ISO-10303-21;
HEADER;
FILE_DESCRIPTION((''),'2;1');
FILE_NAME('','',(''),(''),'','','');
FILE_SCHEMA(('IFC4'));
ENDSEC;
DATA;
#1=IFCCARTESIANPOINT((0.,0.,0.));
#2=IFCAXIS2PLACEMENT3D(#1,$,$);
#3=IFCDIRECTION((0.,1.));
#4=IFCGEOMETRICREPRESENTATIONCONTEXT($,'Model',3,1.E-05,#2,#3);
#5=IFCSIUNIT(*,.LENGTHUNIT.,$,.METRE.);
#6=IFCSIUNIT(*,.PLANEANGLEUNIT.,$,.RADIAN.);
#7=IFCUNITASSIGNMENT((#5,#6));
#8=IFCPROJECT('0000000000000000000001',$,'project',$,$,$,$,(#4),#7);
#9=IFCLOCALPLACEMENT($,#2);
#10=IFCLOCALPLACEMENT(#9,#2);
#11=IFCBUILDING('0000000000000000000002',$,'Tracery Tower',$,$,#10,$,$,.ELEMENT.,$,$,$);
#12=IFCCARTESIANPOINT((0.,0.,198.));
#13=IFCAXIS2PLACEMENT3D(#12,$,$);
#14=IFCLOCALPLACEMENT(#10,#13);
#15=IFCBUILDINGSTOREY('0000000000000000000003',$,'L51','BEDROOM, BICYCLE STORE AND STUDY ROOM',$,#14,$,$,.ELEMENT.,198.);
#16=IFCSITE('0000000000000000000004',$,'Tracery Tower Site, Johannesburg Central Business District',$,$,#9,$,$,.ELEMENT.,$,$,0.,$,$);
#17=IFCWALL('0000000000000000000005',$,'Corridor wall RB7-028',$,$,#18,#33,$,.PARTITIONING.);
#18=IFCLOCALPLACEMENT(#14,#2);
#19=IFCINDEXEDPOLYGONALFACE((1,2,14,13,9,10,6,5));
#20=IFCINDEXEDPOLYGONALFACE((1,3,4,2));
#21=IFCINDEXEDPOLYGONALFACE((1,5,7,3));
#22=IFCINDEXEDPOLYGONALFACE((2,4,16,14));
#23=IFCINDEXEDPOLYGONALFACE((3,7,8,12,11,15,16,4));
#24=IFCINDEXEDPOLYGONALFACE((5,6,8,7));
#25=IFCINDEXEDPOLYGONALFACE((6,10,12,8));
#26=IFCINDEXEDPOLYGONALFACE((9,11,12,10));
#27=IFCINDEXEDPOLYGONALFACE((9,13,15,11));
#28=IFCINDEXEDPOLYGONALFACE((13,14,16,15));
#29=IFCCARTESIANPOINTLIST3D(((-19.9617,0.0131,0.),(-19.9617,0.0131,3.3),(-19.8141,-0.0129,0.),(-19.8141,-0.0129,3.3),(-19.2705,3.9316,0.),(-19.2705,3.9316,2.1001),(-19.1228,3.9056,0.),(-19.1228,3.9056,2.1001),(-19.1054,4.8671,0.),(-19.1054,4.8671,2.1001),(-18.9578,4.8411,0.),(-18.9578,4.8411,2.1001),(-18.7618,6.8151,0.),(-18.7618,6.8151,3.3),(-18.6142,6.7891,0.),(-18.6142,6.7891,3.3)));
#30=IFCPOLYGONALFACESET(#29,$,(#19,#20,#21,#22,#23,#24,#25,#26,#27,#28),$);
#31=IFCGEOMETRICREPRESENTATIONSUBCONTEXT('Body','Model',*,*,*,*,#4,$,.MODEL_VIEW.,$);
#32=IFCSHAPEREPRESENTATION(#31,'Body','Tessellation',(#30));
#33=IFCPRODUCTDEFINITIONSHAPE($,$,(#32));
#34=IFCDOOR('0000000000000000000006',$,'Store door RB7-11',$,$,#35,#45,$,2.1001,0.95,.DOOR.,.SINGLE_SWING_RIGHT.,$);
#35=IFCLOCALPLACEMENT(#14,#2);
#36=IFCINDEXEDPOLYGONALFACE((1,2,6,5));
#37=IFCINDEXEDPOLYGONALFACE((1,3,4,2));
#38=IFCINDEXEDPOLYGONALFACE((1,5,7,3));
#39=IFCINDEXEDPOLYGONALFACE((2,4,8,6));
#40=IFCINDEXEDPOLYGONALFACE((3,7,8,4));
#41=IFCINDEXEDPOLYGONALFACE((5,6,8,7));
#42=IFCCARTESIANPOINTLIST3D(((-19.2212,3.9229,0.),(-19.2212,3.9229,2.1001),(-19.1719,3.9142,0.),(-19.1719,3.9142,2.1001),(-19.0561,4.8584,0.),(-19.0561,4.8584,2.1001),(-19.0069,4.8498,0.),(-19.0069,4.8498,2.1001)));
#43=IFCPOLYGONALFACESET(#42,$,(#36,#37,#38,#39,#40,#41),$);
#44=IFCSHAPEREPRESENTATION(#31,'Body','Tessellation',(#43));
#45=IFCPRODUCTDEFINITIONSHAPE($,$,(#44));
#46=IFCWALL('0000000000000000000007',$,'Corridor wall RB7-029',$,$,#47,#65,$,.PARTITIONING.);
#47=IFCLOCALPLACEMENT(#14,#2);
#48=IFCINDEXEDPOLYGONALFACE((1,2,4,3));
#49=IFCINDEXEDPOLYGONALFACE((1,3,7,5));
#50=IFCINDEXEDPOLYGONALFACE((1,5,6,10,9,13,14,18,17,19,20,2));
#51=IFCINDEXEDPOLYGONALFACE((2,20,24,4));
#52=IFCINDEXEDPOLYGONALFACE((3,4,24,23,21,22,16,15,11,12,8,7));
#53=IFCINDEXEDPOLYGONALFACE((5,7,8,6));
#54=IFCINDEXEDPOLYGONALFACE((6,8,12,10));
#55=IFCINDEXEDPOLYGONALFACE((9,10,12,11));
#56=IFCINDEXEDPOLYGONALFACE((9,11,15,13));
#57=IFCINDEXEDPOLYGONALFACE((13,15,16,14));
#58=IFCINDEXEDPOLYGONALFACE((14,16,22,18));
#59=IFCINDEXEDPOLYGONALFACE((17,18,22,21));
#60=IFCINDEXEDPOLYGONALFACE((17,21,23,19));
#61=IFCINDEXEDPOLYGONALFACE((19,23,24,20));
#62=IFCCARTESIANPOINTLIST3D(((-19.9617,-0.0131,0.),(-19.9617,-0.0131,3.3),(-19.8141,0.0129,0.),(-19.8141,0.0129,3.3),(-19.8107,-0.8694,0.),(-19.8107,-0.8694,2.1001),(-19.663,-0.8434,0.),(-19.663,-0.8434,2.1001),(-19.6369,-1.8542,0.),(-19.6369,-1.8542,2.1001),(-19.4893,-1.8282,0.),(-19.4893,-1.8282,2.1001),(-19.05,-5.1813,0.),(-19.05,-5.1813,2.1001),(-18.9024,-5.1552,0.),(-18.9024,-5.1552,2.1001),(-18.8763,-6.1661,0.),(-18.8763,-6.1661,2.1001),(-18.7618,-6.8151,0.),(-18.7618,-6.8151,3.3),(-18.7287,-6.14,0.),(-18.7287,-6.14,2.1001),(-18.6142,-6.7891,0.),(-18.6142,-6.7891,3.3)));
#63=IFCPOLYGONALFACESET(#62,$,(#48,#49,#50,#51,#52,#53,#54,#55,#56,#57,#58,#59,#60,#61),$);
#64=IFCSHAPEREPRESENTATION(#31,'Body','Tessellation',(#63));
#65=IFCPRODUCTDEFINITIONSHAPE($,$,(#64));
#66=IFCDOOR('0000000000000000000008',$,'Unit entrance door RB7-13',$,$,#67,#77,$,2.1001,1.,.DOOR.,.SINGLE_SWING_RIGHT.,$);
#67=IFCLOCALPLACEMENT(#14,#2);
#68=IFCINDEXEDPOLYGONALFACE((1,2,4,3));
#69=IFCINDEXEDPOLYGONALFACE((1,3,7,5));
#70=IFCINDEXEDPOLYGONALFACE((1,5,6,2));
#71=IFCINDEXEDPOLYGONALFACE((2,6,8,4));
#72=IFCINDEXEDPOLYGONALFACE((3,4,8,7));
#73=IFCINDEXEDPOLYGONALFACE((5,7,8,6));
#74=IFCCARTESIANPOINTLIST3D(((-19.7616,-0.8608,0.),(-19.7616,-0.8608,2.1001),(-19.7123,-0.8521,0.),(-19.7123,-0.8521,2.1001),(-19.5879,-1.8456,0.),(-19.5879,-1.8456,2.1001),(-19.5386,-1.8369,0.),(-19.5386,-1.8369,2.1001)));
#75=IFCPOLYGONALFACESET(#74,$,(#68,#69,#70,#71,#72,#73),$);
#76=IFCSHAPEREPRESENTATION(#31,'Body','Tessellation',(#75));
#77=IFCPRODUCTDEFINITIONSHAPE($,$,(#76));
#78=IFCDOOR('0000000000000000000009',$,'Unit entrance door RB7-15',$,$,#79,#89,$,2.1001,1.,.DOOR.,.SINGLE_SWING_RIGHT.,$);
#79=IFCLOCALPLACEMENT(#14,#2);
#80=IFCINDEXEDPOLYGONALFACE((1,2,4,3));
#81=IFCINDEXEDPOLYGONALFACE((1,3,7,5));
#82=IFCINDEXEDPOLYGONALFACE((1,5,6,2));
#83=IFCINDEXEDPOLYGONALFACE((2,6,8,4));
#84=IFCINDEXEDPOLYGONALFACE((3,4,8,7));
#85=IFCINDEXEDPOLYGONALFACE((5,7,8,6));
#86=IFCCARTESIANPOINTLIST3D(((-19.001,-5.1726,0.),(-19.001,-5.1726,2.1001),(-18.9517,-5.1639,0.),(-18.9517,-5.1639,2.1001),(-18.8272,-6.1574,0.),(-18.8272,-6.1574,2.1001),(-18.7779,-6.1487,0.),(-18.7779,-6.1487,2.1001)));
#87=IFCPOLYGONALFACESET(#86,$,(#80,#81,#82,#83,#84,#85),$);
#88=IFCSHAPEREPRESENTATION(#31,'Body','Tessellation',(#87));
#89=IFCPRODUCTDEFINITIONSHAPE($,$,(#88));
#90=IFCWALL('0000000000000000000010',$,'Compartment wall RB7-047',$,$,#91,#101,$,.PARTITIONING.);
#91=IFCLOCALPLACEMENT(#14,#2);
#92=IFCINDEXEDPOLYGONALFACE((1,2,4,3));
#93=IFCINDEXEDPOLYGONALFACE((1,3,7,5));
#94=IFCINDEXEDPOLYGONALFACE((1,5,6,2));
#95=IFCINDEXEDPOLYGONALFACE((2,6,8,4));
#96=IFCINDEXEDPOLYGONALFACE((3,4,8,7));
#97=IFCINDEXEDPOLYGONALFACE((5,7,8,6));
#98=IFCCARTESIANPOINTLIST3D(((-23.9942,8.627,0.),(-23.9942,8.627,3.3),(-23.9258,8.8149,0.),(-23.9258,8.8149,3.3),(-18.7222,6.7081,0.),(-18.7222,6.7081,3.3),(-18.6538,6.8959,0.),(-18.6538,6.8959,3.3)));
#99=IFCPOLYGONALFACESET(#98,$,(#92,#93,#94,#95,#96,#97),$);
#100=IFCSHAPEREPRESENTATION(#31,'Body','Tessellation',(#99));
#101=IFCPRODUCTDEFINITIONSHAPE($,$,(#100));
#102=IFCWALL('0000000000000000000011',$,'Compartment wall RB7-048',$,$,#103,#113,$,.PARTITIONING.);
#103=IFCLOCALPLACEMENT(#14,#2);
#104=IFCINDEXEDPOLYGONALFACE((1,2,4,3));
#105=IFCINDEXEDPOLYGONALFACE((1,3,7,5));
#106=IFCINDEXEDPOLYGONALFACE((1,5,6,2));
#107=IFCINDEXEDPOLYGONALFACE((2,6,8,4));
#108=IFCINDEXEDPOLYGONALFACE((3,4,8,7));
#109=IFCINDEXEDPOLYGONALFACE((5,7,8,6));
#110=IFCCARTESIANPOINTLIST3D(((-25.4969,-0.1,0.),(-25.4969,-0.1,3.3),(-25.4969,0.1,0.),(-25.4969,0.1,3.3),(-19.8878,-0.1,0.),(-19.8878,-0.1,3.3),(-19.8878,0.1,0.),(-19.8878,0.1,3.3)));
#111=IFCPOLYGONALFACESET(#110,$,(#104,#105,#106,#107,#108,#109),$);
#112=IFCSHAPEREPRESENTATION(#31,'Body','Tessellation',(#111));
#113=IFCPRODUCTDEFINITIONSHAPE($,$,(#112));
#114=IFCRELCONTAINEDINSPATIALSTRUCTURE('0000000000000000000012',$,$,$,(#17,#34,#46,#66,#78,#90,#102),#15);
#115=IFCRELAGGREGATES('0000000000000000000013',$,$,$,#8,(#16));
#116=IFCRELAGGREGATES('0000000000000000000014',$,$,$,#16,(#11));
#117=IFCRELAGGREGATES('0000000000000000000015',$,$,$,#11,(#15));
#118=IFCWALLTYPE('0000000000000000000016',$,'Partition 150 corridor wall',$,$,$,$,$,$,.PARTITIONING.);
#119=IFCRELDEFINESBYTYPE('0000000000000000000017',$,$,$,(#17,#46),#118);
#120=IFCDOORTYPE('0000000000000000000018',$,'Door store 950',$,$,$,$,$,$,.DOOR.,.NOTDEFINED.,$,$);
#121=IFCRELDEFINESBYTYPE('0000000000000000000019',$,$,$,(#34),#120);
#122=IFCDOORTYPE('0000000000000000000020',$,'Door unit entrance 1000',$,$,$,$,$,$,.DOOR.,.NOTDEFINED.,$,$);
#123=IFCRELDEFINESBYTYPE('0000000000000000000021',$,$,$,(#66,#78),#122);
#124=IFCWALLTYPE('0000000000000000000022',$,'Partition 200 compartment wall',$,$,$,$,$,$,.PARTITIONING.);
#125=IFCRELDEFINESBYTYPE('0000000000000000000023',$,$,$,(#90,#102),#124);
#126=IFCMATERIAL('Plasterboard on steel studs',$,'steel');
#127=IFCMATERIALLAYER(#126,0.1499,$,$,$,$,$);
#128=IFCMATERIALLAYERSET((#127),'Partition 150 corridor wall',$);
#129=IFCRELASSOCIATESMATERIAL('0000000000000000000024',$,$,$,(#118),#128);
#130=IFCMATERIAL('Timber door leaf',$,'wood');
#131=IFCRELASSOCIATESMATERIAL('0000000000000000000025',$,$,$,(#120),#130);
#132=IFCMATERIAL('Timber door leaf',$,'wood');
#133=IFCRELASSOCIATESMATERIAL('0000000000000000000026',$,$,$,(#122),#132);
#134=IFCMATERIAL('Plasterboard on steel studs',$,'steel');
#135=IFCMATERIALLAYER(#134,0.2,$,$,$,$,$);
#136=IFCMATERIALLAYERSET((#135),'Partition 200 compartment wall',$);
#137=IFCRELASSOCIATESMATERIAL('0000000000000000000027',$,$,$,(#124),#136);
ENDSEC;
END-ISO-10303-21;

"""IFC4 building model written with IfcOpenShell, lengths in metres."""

from ifc_helpers import new_model, si_unit, direction, frame, frame_2d, origin, place, context, subcontext, project, spatial, rectangle, extrude, material, layer, layer_set, type_object, element, fill, save


model = new_model("IFC4")

# Units and contexts
model_context = context("Model", 3, precision=1e-05, world=origin(), true_north=direction((0.0, 1.0)))
body_context = subcontext(model_context, "Body", "Model", "MODEL_VIEW")
ifc_project = project(units=[si_unit("LENGTHUNIT", "METRE"), si_unit("PLANEANGLEUNIT", "RADIAN")], contexts=[model_context])

# Site, building, storey
site_placement = place(None, origin())
site = spatial("IfcSite", under=ifc_project, at=site_placement, Name="Tracery Tower Site, Johannesburg Central Business District", CompositionType="ELEMENT", RefElevation=0.0)
building_placement = place(site_placement, origin())
building = spatial("IfcBuilding", under=site, at=building_placement, Name="Tracery Tower", CompositionType="ELEMENT")
storey_placement = place(building_placement, frame((0.0, 0.0, 198.0)))
storey = spatial("IfcBuildingStorey", under=building, at=storey_placement, Name="L51", Description="BEDROOM, BICYCLE STORE AND STUDY ROOM", CompositionType="ELEMENT", Elevation=198.0)

# Wall, opening, door
ifc_material_1 = material(Name="Plasterboard on steel studs", Category="steel")
ifc_layer_1 = layer(ifc_material_1, 0.1499)
ifc_layer_set_1 = layer_set([ifc_layer_1], Name="Partition 150 corridor wall")
wall_type_1 = type_object("IfcWallType", Name="Partition 150 corridor wall", PredefinedType="PARTITIONING", material=ifc_layer_set_1)
wall_1_placement = place(storey_placement, frame((-19.8879, 0.0, 0.0), z_axis=(0.0, 0.0, 1.0), x_axis=(0.173729, 0.984794, 0.0)))
wall_1 = element("IfcWall", 1, at=wall_1_placement, inside=storey, type_object=wall_type_1, Name="Corridor wall RB7-028", PredefinedType="PARTITIONING", context=body_context, shape_type="SweptSolid", body=[
    extrude(rectangle(XDim=6.907, YDim=0.1499, at=frame_2d((3.4536, 0.0))), origin(), (0.0, 0.0, 1.0), 3.3),
])
opening_1_placement = place(wall_1_placement, frame((3.979, 0.0, 0.0)))
opening_1 = element("IfcOpeningElement", 2, at=opening_1_placement, cuts=wall_1, PredefinedType="OPENING", context=body_context, shape_type="SweptSolid", body=[
    extrude(rectangle(XDim=0.95, YDim=2.1001, at=frame_2d((0.4751, 1.05))), frame((0.0, 0.075, 0.0), z_axis=(0.0, -1.0, 0.0), x_axis=(1.0, 0.0, 0.0)), (0.0, 0.0, 1.0), 0.1499),
])
ifc_material_2 = material(Name="Timber door leaf", Category="wood")
door_type_1 = type_object("IfcDoorType", Name="Door store 950", OperationType="NOTDEFINED", PredefinedType="DOOR", material=ifc_material_2)
door_1_placement = place(opening_1_placement, origin())
door_1 = element("IfcDoor", 3, at=door_1_placement, inside=storey, type_object=door_type_1, Name="Store door RB7-11", OperationType="SINGLE_SWING_RIGHT", OverallHeight=2.1001, OverallWidth=0.95, PredefinedType="DOOR", context=body_context, shape_type="SweptSolid", body=[
    extrude(rectangle(XDim=0.95, YDim=2.1001, at=frame_2d((0.4751, 1.05))), frame((0.0, 0.0249, 0.0), z_axis=(0.0, -1.0, 0.0), x_axis=(1.0, 0.0, 0.0)), (0.0, 0.0, 1.0), 0.05),
])
fill(opening_1, door_1)

# Wall, openings, doors
wall_2_placement = place(storey_placement, frame((-19.8879, 0.0, 0.0), z_axis=(0.0, 0.0, 1.0), x_axis=(0.173729, -0.984794, 0.0)))
wall_2 = element("IfcWall", 4, at=wall_2_placement, inside=storey, type_object=wall_type_1, Name="Corridor wall RB7-029", PredefinedType="PARTITIONING", context=body_context, shape_type="SweptSolid", body=[
    extrude(rectangle(XDim=6.907, YDim=0.1499, at=frame_2d((3.4536, 0.0))), origin(), (0.0, 0.0, 1.0), 3.3),
])
opening_2_placement = place(wall_2_placement, frame((0.8696, 0.0, 0.0)))
opening_2 = element("IfcOpeningElement", 5, at=opening_2_placement, cuts=wall_2, PredefinedType="OPENING", context=body_context, shape_type="SweptSolid", body=[
    extrude(rectangle(XDim=1.0, YDim=2.1001, at=frame_2d((0.5, 1.05))), frame((0.0, 0.075, 0.0), z_axis=(0.0, -1.0, 0.0), x_axis=(1.0, 0.0, 0.0)), (0.0, 0.0, 1.0), 0.1499),
])
opening_3_placement = place(wall_2_placement, frame((5.248, 0.0, 0.0)))
opening_3 = element("IfcOpeningElement", 6, at=opening_3_placement, cuts=wall_2, PredefinedType="OPENING", context=body_context, shape_type="SweptSolid", body=[
    extrude(rectangle(XDim=1.0, YDim=2.1001, at=frame_2d((0.5, 1.05))), frame((0.0, 0.075, 0.0), z_axis=(0.0, -1.0, 0.0), x_axis=(1.0, 0.0, 0.0)), (0.0, 0.0, 1.0), 0.1499),
])
ifc_material_3 = material(Name="Timber door leaf", Category="wood")
door_type_2 = type_object("IfcDoorType", Name="Door unit entrance 1000", OperationType="NOTDEFINED", PredefinedType="DOOR", material=ifc_material_3)
door_2_placement = place(opening_2_placement, origin())
door_2 = element("IfcDoor", 7, at=door_2_placement, inside=storey, type_object=door_type_2, Name="Unit entrance door RB7-13", OperationType="SINGLE_SWING_RIGHT", OverallHeight=2.1001, OverallWidth=1.0, PredefinedType="DOOR", context=body_context, shape_type="SweptSolid", body=[
    extrude(rectangle(XDim=1.0, YDim=2.1001, at=frame_2d((0.5, 1.05))), frame((0.0, 0.0249, 0.0), z_axis=(0.0, -1.0, 0.0), x_axis=(1.0, 0.0, 0.0)), (0.0, 0.0, 1.0), 0.05),
])
fill(opening_2, door_2)
door_3_placement = place(opening_3_placement, origin())
door_3 = element("IfcDoor", 8, at=door_3_placement, inside=storey, type_object=door_type_2, Name="Unit entrance door RB7-15", OperationType="SINGLE_SWING_RIGHT", OverallHeight=2.1001, OverallWidth=1.0, PredefinedType="DOOR", context=body_context, shape_type="SweptSolid", body=[
    extrude(rectangle(XDim=1.0, YDim=2.1001, at=frame_2d((0.5, 1.05))), frame((0.0, 0.0249, 0.0), z_axis=(0.0, -1.0, 0.0), x_axis=(1.0, 0.0, 0.0)), (0.0, 0.0, 1.0), 0.05),
])
fill(opening_3, door_3)

# Walls
ifc_material_4 = material(Name="Plasterboard on steel studs", Category="steel")
ifc_layer_2 = layer(ifc_material_4, 0.2)
ifc_layer_set_2 = layer_set([ifc_layer_2], Name="Partition 200 compartment wall")
wall_type_2 = type_object("IfcWallType", Name="Partition 200 compartment wall", PredefinedType="PARTITIONING", material=ifc_layer_set_2)
wall_3_placement = place(storey_placement, frame((-23.96, 8.7209, 0.0), z_axis=(0.0, 0.0, 1.0), x_axis=(0.939687, -0.342037, 0.0)))
element("IfcWall", 9, at=wall_3_placement, inside=storey, type_object=wall_type_2, Name="Compartment wall RB7-047", PredefinedType="PARTITIONING", context=body_context, shape_type="SweptSolid", body=[
    extrude(rectangle(XDim=5.6104, YDim=0.2, at=frame_2d((2.8052, 0.0))), origin(), (0.0, 0.0, 1.0), 3.3),
])
wall_4_placement = place(storey_placement, frame((-25.4971, 0.0, 0.0), z_axis=(0.0, 0.0, 1.0), x_axis=(1.0, 0.0, 0.0)))
element("IfcWall", 10, at=wall_4_placement, inside=storey, type_object=wall_type_2, Name="Compartment wall RB7-048", PredefinedType="PARTITIONING", context=body_context, shape_type="SweptSolid", body=[
    extrude(rectangle(XDim=5.6091, YDim=0.2, at=frame_2d((2.8047, 0.0))), origin(), (0.0, 0.0, 1.0), 3.3),
])

save(model, "model.ifc")
